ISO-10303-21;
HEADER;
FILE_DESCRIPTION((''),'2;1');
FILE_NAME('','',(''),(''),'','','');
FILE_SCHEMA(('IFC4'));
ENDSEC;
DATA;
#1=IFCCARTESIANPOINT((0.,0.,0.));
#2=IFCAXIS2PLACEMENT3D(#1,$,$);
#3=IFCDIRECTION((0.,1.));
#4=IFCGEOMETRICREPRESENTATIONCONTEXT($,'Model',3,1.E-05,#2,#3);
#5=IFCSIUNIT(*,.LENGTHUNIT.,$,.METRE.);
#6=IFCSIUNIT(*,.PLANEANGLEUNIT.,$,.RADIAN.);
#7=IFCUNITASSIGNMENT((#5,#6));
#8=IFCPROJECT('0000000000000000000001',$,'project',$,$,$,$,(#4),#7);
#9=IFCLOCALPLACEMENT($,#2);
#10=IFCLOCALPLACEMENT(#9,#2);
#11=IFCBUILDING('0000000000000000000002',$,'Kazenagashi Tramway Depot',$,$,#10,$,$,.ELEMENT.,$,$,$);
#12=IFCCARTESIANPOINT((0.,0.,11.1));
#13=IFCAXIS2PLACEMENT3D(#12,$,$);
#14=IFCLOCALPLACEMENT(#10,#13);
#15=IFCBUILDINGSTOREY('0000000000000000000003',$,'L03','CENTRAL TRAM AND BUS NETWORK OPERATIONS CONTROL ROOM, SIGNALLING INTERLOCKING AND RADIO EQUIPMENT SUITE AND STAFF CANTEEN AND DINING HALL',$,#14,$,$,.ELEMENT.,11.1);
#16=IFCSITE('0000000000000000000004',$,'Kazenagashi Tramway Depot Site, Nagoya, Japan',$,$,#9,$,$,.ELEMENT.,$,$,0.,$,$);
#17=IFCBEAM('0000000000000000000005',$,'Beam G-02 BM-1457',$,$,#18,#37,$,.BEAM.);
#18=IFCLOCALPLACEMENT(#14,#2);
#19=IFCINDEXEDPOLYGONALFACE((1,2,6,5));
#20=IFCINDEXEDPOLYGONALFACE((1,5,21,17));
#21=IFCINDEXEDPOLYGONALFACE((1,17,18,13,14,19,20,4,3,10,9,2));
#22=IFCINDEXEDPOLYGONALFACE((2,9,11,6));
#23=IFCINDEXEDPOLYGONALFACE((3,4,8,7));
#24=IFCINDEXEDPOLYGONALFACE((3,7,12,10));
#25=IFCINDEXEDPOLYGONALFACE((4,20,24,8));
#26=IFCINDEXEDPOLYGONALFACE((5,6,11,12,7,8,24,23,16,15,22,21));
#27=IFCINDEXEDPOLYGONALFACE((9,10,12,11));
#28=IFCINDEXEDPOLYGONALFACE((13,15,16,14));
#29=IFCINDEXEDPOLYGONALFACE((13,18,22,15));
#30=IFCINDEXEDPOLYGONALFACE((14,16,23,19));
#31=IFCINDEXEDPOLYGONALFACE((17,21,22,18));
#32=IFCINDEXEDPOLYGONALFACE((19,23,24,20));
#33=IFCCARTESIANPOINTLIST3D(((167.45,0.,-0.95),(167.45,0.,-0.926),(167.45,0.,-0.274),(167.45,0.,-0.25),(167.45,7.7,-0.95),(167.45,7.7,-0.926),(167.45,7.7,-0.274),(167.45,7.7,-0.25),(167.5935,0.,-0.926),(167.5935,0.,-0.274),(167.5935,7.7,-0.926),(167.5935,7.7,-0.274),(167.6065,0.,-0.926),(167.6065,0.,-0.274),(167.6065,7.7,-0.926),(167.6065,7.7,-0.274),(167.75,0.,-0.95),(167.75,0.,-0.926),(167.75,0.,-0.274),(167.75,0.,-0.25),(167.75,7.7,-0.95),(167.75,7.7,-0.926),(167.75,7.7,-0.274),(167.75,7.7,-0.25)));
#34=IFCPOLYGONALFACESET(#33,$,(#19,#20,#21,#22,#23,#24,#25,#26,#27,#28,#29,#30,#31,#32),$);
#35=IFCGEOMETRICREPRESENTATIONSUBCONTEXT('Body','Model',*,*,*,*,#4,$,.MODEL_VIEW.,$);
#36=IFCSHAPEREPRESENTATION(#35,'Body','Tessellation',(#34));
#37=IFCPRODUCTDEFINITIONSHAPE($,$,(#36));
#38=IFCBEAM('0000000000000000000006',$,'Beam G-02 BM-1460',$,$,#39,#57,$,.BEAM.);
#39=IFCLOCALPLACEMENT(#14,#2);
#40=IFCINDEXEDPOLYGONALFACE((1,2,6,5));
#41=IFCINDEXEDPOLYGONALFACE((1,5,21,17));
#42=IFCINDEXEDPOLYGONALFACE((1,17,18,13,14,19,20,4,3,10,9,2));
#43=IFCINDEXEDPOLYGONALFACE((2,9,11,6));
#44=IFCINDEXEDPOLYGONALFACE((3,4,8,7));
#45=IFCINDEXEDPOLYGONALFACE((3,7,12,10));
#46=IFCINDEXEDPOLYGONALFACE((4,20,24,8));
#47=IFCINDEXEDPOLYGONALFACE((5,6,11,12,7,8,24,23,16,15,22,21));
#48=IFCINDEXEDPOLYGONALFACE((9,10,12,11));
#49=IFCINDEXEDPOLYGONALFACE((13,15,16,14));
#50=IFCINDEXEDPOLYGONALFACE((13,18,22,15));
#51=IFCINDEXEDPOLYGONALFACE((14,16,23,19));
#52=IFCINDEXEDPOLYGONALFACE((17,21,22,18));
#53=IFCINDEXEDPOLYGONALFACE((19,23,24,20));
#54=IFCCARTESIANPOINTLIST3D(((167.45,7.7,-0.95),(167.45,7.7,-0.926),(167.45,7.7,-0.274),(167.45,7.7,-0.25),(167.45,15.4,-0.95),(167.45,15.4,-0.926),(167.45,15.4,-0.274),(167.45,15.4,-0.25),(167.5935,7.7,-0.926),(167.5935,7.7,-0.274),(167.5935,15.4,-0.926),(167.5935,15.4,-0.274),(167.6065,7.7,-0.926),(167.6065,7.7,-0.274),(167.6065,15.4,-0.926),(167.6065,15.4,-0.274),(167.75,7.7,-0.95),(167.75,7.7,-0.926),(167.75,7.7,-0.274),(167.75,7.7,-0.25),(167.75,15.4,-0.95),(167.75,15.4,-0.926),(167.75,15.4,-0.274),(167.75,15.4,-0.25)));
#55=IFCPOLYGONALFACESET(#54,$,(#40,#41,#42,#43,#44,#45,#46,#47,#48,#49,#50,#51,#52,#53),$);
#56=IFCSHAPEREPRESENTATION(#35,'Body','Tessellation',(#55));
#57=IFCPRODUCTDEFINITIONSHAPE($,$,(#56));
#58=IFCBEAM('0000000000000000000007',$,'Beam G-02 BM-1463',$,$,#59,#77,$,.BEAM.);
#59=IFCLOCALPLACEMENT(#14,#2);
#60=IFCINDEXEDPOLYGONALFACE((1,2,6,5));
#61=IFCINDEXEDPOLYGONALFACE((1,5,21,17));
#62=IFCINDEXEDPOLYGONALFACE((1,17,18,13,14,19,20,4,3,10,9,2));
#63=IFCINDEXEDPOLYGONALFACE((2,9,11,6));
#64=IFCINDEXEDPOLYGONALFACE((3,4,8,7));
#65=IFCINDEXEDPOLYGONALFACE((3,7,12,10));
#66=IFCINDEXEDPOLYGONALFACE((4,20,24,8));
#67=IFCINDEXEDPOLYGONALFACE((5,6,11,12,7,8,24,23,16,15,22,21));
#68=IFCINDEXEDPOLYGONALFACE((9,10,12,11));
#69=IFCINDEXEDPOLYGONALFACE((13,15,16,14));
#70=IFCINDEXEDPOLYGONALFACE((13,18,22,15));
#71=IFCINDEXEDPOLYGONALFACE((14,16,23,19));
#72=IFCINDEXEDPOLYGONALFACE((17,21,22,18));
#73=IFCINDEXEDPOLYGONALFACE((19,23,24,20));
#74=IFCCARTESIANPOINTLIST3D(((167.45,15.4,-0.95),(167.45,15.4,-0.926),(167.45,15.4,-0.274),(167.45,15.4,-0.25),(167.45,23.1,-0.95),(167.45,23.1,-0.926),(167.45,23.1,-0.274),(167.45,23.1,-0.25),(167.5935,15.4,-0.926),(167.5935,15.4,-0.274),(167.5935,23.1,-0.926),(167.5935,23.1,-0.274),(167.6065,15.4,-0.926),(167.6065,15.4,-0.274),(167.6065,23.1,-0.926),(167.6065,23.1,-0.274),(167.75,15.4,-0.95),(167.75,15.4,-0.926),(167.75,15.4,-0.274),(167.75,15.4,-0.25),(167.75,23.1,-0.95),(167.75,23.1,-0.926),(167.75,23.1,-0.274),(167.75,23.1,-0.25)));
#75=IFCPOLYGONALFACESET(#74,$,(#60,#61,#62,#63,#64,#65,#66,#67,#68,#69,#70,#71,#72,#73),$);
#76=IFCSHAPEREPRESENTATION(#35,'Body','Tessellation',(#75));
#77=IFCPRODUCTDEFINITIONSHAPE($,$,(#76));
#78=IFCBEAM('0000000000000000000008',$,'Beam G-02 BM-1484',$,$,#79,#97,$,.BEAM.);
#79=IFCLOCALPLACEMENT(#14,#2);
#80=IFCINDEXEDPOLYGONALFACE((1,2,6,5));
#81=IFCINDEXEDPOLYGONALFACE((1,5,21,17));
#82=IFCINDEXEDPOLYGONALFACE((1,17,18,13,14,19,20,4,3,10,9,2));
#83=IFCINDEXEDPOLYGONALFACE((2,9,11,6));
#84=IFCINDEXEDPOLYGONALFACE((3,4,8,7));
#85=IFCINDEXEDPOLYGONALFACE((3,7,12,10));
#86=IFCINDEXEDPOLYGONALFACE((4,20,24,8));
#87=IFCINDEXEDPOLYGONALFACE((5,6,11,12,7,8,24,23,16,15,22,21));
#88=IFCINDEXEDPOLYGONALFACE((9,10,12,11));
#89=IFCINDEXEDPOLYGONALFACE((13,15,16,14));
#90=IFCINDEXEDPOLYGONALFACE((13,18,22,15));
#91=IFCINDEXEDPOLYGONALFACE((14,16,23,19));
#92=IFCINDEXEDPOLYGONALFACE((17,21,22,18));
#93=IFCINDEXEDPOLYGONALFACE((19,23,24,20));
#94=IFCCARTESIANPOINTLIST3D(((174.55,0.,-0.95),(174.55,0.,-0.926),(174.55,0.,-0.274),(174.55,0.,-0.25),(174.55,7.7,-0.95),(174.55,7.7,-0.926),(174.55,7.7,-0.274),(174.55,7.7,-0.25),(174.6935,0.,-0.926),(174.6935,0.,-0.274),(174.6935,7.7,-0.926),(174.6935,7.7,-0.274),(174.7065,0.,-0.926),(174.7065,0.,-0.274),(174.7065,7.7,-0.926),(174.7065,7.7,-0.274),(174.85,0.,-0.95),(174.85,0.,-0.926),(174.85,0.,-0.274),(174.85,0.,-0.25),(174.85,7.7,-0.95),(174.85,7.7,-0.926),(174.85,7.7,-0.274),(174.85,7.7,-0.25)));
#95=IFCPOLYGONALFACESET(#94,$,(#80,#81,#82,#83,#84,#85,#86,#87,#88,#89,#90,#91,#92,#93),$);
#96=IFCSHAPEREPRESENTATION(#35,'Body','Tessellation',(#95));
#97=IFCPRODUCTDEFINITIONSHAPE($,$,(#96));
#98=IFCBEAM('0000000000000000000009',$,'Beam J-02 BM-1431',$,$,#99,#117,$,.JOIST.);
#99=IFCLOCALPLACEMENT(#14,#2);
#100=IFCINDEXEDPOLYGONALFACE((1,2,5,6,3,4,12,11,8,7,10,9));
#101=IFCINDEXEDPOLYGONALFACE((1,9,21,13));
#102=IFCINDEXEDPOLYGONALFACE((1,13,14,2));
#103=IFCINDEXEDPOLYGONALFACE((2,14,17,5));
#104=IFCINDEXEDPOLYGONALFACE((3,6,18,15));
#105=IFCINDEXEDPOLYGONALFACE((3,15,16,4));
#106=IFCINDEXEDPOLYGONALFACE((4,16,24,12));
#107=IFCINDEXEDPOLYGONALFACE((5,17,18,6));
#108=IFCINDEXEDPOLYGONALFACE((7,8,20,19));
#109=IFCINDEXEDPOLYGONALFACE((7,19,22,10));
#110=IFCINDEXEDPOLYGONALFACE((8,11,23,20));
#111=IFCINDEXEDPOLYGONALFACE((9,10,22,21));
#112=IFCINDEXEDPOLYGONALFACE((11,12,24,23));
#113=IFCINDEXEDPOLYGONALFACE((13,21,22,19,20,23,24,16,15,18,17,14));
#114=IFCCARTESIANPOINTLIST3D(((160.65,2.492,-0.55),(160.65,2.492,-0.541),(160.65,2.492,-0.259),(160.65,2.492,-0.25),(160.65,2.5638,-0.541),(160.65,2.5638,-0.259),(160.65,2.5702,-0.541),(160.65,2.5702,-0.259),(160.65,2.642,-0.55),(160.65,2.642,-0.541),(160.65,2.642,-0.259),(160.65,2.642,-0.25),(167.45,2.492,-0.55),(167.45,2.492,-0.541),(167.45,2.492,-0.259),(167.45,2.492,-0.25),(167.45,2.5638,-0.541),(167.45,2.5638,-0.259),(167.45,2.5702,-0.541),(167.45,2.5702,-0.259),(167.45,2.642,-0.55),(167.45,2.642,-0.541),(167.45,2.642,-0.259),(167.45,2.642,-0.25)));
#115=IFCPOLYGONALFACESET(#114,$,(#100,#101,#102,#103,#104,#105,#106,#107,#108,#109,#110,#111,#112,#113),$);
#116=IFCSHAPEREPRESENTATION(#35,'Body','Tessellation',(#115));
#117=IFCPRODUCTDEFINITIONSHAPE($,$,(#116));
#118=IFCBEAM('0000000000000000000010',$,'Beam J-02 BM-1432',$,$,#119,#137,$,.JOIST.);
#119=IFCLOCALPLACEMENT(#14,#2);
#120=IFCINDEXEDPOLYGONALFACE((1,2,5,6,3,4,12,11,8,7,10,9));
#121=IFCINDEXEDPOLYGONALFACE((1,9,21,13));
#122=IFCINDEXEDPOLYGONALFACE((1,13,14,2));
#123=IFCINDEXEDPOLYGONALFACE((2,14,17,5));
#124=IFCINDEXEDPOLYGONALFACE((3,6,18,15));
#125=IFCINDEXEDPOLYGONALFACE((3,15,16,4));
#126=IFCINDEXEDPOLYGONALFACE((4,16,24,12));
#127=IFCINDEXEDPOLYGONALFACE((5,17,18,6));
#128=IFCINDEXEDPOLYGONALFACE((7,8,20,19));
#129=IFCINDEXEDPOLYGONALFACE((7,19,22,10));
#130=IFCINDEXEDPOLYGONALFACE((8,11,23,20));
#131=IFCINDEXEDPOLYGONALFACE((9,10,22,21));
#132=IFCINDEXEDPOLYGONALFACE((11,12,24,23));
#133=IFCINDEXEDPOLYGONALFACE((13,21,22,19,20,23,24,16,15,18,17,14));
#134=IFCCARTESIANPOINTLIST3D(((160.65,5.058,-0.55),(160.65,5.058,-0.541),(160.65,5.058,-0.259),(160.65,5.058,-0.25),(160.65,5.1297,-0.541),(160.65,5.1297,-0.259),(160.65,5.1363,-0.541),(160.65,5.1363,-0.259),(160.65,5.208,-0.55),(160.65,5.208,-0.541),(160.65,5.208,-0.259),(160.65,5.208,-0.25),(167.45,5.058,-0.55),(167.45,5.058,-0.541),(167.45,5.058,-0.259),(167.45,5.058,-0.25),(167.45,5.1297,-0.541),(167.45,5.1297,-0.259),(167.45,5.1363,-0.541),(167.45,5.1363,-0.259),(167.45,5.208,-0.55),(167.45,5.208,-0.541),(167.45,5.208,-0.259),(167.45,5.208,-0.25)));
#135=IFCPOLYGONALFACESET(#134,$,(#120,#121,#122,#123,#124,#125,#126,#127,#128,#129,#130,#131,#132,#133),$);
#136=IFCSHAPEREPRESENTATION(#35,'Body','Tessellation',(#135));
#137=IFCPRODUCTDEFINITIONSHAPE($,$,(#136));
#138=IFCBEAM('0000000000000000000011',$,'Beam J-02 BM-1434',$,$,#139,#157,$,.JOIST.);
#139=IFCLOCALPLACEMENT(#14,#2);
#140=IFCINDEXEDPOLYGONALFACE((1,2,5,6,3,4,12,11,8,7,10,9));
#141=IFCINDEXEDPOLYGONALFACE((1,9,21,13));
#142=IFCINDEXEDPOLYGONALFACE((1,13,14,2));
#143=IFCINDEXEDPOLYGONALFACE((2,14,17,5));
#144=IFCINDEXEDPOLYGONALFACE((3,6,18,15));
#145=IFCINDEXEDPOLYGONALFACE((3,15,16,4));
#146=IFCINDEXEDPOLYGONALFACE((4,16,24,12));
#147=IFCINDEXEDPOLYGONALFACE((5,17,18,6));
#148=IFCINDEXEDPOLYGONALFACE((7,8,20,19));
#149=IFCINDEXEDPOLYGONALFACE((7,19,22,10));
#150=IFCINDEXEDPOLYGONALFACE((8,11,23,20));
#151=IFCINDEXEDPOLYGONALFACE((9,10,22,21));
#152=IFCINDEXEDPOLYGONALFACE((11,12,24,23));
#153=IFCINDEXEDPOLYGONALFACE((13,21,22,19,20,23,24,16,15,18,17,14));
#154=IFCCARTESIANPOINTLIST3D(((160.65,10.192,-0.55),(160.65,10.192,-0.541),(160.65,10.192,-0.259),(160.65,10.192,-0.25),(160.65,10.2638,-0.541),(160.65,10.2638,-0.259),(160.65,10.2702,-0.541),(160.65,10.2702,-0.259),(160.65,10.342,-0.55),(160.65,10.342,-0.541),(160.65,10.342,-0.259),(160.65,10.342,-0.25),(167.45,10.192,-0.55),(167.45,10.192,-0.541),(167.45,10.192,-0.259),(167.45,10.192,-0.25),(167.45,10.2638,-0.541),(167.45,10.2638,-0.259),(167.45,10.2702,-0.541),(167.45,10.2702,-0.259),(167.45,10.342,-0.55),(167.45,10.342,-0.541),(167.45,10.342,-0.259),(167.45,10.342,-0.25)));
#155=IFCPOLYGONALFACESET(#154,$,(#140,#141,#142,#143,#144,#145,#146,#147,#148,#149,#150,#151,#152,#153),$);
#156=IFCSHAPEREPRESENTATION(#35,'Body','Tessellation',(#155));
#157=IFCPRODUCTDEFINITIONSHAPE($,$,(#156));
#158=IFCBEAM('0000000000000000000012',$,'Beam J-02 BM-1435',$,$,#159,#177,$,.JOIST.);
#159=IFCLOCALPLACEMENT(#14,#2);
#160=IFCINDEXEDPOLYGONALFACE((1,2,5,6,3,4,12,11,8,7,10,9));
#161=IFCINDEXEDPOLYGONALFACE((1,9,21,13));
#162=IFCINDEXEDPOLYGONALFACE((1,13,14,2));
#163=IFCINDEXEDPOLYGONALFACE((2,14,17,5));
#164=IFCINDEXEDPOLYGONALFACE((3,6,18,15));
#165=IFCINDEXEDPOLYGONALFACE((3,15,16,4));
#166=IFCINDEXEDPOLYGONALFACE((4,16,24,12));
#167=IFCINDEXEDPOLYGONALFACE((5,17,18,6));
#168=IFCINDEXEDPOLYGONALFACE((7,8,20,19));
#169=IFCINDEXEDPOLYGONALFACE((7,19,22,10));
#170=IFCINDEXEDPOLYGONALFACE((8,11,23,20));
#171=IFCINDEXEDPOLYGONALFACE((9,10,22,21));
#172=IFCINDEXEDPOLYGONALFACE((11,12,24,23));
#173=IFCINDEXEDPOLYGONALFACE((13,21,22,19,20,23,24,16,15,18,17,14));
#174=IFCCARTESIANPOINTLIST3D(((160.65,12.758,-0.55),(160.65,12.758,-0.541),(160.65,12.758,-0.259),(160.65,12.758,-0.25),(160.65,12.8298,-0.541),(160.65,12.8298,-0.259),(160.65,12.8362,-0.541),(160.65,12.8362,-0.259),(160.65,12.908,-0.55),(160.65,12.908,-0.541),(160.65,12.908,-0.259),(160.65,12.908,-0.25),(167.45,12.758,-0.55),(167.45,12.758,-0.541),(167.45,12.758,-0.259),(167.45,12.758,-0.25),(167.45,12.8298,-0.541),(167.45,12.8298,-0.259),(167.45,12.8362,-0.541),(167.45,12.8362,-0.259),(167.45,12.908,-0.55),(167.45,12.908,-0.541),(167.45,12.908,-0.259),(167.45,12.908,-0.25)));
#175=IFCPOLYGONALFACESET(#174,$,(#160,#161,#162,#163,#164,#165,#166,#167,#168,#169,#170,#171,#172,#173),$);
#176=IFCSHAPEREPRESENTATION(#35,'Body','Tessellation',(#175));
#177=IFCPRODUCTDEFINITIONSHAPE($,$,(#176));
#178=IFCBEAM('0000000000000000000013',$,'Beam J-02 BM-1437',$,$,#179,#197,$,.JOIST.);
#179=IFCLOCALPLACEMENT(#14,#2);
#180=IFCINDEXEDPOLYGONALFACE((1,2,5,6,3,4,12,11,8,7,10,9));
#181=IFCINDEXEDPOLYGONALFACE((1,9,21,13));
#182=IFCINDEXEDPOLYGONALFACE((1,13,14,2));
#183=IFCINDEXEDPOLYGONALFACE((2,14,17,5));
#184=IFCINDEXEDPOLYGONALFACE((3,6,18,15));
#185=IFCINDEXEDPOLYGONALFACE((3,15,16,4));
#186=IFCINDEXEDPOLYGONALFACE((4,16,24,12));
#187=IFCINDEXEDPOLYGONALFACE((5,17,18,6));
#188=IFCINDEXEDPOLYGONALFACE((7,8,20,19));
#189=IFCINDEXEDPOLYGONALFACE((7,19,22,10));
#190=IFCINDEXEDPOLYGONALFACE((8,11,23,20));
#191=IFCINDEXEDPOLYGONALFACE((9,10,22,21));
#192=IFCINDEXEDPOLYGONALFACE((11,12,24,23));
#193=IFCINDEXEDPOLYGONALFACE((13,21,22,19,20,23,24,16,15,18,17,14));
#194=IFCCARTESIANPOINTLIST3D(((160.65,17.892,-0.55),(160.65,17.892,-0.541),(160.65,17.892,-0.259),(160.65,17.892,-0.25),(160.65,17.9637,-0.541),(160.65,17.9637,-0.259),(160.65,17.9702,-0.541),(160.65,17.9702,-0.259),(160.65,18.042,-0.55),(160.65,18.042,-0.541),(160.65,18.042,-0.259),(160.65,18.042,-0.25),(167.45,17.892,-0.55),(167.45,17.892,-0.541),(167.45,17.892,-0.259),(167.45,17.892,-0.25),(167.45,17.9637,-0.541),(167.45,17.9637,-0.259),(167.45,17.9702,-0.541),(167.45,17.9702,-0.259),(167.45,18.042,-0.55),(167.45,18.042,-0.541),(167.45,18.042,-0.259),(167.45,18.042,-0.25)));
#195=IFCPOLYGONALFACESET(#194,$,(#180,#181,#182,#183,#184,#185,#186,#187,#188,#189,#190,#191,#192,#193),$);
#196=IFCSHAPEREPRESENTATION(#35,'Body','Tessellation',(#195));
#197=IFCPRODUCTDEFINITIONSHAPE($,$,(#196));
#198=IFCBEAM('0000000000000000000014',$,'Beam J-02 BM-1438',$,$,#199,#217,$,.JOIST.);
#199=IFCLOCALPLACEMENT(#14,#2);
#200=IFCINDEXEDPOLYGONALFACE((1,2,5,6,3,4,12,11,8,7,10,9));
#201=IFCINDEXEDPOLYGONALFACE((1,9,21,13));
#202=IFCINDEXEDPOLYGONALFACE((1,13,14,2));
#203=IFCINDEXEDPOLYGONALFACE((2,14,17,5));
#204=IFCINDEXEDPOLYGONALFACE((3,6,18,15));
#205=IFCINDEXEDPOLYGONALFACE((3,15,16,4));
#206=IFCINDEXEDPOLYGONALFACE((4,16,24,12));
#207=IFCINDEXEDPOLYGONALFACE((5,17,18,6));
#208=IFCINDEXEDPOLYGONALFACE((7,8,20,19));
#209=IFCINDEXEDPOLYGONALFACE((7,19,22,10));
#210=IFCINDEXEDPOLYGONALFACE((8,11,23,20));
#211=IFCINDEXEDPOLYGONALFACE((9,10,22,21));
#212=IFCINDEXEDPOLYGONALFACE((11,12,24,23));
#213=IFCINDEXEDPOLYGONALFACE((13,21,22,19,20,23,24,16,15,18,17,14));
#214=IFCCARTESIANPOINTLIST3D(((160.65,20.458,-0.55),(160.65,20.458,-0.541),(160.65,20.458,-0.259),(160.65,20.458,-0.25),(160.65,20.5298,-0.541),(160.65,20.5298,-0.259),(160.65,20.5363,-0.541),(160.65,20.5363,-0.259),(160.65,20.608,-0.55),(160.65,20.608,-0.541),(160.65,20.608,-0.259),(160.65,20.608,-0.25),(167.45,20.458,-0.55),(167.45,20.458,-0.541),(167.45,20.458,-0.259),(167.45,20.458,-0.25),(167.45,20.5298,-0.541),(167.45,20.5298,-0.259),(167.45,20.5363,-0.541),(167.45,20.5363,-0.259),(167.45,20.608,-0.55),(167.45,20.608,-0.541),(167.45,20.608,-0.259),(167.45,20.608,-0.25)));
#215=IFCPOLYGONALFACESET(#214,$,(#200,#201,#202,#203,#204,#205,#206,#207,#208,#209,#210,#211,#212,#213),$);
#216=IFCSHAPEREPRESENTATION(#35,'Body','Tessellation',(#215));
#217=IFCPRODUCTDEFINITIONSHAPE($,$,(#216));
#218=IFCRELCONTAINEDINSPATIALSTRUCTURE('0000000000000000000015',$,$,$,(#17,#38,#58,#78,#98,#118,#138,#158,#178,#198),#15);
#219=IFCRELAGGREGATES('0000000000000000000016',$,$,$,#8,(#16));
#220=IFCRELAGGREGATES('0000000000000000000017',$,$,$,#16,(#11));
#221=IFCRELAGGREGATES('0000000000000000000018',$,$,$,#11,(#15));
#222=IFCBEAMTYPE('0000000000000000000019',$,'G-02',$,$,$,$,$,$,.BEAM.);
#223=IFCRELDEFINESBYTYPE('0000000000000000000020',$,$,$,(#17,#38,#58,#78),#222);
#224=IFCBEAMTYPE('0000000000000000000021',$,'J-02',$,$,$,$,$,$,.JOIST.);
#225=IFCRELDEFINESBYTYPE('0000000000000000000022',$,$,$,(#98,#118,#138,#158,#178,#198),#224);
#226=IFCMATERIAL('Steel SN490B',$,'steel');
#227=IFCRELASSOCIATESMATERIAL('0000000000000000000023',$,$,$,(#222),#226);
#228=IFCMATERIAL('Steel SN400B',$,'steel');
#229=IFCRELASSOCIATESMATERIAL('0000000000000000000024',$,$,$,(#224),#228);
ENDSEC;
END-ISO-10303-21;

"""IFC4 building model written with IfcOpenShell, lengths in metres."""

from ifc_helpers import new_model, si_unit, direction, frame, origin, origin_2d, place, context, subcontext, project, spatial, i_section, extrude, material, material_profile, profile_set, type_object, element, save


model = new_model("IFC4")

# Units and contexts
model_context = context("Model", 3, precision=1e-05, world=origin(), true_north=direction((0.0, 1.0)))
body_context = subcontext(model_context, "Body", "Model", "MODEL_VIEW")
ifc_project = project(units=[si_unit("LENGTHUNIT", "METRE"), si_unit("PLANEANGLEUNIT", "RADIAN")], contexts=[model_context])

# Site, building, storey
site_placement = place(None, origin())
site = spatial("IfcSite", under=ifc_project, at=site_placement, Name="Kazenagashi Tramway Depot Site, Nagoya, Japan", CompositionType="ELEMENT", RefElevation=0.0)
building_placement = place(site_placement, origin())
building = spatial("IfcBuilding", under=site, at=building_placement, Name="Kazenagashi Tramway Depot", CompositionType="ELEMENT")
storey_placement = place(building_placement, frame((0.0, 0.0, 11.1)))
storey = spatial("IfcBuildingStorey", under=building, at=storey_placement, Name="L03", Description="CENTRAL TRAM AND BUS NETWORK OPERATIONS CONTROL ROOM, SIGNALLING INTERLOCKING AND RADIO EQUIPMENT SUITE AND STAFF CANTEEN AND DINING HALL", CompositionType="ELEMENT", Elevation=11.1)

# Beams
ifc_material_1 = material(Name="Steel SN490B", Category="steel")
ifc_material_profile_1 = material_profile(ifc_material_1, i_section(OverallWidth=0.3, OverallDepth=0.7, WebThickness=0.013, FlangeThickness=0.024, at=origin_2d()), Name="H-700x300x13x24")
ifc_profile_set_1 = profile_set([ifc_material_profile_1], Name="Steel SN490B")
beam_type_1 = type_object("IfcBeamType", Name="G-02", PredefinedType="BEAM", material=ifc_profile_set_1)
for number, where, z_axis, x_axis, name in (
    (1, (167.6, 0.0, -0.6), (0.0, 1.0, 0.0), (-1.0, 0.0, 0.0), "Beam G-02 BM-1457"),
    (2, (167.6, 7.7, -0.6), (0.0, 1.0, 0.0), (-1.0, 0.0, 0.0), "Beam G-02 BM-1460"),
    (3, (167.6, 15.4, -0.6), (0.0, 1.0, 0.0), (-1.0, 0.0, 0.0), "Beam G-02 BM-1463"),
    (4, (174.7, 0.0, -0.6), (0.0, 1.0, 0.0), (-1.0, 0.0, 0.0), "Beam G-02 BM-1484"),
):
    element("IfcBeam", number, at=place(storey_placement, frame(where, z_axis=z_axis, x_axis=x_axis)), inside=storey, type_object=beam_type_1, Name=name, PredefinedType="BEAM", context=body_context, shape_type="SweptSolid", body=[
        extrude(i_section(OverallWidth=0.3, OverallDepth=0.7, WebThickness=0.013, FlangeThickness=0.024, at=origin_2d()), origin(), (0.0, 0.0, 1.0), 7.7),
    ])
ifc_material_2 = material(Name="Steel SN400B", Category="steel")
ifc_material_profile_2 = material_profile(ifc_material_2, i_section(OverallWidth=0.15, OverallDepth=0.3, WebThickness=0.0065, FlangeThickness=0.009, at=origin_2d()), Name="H-300x150x6.5x9")
ifc_profile_set_2 = profile_set([ifc_material_profile_2], Name="Steel SN400B")
beam_type_2 = type_object("IfcBeamType", Name="J-02", PredefinedType="JOIST", material=ifc_profile_set_2)
for number, where, z_axis, x_axis, name in (
    (5, (160.65, 2.567, -0.4), (1.0, 0.0, 0.0), (0.0, 1.0, 0.0), "Beam J-02 BM-1431"),
    (6, (160.65, 5.133, -0.4), (1.0, 0.0, 0.0), (0.0, 1.0, 0.0), "Beam J-02 BM-1432"),
    (7, (160.65, 10.267, -0.4), (1.0, 0.0, 0.0), (0.0, 1.0, 0.0), "Beam J-02 BM-1434"),
    (8, (160.65, 12.833, -0.4), (1.0, 0.0, 0.0), (0.0, 1.0, 0.0), "Beam J-02 BM-1435"),
    (9, (160.65, 17.967, -0.4), (1.0, 0.0, 0.0), (0.0, 1.0, 0.0), "Beam J-02 BM-1437"),
    (10, (160.65, 20.533, -0.4), (1.0, 0.0, 0.0), (0.0, 1.0, 0.0), "Beam J-02 BM-1438"),
):
    element("IfcBeam", number, at=place(storey_placement, frame(where, z_axis=z_axis, x_axis=x_axis)), inside=storey, type_object=beam_type_2, Name=name, PredefinedType="JOIST", context=body_context, shape_type="SweptSolid", body=[
        extrude(i_section(OverallWidth=0.15, OverallDepth=0.3, WebThickness=0.0065, FlangeThickness=0.009, at=origin_2d()), origin(), (0.0, 0.0, 1.0), 6.8),
    ])

save(model, "model.ifc")
